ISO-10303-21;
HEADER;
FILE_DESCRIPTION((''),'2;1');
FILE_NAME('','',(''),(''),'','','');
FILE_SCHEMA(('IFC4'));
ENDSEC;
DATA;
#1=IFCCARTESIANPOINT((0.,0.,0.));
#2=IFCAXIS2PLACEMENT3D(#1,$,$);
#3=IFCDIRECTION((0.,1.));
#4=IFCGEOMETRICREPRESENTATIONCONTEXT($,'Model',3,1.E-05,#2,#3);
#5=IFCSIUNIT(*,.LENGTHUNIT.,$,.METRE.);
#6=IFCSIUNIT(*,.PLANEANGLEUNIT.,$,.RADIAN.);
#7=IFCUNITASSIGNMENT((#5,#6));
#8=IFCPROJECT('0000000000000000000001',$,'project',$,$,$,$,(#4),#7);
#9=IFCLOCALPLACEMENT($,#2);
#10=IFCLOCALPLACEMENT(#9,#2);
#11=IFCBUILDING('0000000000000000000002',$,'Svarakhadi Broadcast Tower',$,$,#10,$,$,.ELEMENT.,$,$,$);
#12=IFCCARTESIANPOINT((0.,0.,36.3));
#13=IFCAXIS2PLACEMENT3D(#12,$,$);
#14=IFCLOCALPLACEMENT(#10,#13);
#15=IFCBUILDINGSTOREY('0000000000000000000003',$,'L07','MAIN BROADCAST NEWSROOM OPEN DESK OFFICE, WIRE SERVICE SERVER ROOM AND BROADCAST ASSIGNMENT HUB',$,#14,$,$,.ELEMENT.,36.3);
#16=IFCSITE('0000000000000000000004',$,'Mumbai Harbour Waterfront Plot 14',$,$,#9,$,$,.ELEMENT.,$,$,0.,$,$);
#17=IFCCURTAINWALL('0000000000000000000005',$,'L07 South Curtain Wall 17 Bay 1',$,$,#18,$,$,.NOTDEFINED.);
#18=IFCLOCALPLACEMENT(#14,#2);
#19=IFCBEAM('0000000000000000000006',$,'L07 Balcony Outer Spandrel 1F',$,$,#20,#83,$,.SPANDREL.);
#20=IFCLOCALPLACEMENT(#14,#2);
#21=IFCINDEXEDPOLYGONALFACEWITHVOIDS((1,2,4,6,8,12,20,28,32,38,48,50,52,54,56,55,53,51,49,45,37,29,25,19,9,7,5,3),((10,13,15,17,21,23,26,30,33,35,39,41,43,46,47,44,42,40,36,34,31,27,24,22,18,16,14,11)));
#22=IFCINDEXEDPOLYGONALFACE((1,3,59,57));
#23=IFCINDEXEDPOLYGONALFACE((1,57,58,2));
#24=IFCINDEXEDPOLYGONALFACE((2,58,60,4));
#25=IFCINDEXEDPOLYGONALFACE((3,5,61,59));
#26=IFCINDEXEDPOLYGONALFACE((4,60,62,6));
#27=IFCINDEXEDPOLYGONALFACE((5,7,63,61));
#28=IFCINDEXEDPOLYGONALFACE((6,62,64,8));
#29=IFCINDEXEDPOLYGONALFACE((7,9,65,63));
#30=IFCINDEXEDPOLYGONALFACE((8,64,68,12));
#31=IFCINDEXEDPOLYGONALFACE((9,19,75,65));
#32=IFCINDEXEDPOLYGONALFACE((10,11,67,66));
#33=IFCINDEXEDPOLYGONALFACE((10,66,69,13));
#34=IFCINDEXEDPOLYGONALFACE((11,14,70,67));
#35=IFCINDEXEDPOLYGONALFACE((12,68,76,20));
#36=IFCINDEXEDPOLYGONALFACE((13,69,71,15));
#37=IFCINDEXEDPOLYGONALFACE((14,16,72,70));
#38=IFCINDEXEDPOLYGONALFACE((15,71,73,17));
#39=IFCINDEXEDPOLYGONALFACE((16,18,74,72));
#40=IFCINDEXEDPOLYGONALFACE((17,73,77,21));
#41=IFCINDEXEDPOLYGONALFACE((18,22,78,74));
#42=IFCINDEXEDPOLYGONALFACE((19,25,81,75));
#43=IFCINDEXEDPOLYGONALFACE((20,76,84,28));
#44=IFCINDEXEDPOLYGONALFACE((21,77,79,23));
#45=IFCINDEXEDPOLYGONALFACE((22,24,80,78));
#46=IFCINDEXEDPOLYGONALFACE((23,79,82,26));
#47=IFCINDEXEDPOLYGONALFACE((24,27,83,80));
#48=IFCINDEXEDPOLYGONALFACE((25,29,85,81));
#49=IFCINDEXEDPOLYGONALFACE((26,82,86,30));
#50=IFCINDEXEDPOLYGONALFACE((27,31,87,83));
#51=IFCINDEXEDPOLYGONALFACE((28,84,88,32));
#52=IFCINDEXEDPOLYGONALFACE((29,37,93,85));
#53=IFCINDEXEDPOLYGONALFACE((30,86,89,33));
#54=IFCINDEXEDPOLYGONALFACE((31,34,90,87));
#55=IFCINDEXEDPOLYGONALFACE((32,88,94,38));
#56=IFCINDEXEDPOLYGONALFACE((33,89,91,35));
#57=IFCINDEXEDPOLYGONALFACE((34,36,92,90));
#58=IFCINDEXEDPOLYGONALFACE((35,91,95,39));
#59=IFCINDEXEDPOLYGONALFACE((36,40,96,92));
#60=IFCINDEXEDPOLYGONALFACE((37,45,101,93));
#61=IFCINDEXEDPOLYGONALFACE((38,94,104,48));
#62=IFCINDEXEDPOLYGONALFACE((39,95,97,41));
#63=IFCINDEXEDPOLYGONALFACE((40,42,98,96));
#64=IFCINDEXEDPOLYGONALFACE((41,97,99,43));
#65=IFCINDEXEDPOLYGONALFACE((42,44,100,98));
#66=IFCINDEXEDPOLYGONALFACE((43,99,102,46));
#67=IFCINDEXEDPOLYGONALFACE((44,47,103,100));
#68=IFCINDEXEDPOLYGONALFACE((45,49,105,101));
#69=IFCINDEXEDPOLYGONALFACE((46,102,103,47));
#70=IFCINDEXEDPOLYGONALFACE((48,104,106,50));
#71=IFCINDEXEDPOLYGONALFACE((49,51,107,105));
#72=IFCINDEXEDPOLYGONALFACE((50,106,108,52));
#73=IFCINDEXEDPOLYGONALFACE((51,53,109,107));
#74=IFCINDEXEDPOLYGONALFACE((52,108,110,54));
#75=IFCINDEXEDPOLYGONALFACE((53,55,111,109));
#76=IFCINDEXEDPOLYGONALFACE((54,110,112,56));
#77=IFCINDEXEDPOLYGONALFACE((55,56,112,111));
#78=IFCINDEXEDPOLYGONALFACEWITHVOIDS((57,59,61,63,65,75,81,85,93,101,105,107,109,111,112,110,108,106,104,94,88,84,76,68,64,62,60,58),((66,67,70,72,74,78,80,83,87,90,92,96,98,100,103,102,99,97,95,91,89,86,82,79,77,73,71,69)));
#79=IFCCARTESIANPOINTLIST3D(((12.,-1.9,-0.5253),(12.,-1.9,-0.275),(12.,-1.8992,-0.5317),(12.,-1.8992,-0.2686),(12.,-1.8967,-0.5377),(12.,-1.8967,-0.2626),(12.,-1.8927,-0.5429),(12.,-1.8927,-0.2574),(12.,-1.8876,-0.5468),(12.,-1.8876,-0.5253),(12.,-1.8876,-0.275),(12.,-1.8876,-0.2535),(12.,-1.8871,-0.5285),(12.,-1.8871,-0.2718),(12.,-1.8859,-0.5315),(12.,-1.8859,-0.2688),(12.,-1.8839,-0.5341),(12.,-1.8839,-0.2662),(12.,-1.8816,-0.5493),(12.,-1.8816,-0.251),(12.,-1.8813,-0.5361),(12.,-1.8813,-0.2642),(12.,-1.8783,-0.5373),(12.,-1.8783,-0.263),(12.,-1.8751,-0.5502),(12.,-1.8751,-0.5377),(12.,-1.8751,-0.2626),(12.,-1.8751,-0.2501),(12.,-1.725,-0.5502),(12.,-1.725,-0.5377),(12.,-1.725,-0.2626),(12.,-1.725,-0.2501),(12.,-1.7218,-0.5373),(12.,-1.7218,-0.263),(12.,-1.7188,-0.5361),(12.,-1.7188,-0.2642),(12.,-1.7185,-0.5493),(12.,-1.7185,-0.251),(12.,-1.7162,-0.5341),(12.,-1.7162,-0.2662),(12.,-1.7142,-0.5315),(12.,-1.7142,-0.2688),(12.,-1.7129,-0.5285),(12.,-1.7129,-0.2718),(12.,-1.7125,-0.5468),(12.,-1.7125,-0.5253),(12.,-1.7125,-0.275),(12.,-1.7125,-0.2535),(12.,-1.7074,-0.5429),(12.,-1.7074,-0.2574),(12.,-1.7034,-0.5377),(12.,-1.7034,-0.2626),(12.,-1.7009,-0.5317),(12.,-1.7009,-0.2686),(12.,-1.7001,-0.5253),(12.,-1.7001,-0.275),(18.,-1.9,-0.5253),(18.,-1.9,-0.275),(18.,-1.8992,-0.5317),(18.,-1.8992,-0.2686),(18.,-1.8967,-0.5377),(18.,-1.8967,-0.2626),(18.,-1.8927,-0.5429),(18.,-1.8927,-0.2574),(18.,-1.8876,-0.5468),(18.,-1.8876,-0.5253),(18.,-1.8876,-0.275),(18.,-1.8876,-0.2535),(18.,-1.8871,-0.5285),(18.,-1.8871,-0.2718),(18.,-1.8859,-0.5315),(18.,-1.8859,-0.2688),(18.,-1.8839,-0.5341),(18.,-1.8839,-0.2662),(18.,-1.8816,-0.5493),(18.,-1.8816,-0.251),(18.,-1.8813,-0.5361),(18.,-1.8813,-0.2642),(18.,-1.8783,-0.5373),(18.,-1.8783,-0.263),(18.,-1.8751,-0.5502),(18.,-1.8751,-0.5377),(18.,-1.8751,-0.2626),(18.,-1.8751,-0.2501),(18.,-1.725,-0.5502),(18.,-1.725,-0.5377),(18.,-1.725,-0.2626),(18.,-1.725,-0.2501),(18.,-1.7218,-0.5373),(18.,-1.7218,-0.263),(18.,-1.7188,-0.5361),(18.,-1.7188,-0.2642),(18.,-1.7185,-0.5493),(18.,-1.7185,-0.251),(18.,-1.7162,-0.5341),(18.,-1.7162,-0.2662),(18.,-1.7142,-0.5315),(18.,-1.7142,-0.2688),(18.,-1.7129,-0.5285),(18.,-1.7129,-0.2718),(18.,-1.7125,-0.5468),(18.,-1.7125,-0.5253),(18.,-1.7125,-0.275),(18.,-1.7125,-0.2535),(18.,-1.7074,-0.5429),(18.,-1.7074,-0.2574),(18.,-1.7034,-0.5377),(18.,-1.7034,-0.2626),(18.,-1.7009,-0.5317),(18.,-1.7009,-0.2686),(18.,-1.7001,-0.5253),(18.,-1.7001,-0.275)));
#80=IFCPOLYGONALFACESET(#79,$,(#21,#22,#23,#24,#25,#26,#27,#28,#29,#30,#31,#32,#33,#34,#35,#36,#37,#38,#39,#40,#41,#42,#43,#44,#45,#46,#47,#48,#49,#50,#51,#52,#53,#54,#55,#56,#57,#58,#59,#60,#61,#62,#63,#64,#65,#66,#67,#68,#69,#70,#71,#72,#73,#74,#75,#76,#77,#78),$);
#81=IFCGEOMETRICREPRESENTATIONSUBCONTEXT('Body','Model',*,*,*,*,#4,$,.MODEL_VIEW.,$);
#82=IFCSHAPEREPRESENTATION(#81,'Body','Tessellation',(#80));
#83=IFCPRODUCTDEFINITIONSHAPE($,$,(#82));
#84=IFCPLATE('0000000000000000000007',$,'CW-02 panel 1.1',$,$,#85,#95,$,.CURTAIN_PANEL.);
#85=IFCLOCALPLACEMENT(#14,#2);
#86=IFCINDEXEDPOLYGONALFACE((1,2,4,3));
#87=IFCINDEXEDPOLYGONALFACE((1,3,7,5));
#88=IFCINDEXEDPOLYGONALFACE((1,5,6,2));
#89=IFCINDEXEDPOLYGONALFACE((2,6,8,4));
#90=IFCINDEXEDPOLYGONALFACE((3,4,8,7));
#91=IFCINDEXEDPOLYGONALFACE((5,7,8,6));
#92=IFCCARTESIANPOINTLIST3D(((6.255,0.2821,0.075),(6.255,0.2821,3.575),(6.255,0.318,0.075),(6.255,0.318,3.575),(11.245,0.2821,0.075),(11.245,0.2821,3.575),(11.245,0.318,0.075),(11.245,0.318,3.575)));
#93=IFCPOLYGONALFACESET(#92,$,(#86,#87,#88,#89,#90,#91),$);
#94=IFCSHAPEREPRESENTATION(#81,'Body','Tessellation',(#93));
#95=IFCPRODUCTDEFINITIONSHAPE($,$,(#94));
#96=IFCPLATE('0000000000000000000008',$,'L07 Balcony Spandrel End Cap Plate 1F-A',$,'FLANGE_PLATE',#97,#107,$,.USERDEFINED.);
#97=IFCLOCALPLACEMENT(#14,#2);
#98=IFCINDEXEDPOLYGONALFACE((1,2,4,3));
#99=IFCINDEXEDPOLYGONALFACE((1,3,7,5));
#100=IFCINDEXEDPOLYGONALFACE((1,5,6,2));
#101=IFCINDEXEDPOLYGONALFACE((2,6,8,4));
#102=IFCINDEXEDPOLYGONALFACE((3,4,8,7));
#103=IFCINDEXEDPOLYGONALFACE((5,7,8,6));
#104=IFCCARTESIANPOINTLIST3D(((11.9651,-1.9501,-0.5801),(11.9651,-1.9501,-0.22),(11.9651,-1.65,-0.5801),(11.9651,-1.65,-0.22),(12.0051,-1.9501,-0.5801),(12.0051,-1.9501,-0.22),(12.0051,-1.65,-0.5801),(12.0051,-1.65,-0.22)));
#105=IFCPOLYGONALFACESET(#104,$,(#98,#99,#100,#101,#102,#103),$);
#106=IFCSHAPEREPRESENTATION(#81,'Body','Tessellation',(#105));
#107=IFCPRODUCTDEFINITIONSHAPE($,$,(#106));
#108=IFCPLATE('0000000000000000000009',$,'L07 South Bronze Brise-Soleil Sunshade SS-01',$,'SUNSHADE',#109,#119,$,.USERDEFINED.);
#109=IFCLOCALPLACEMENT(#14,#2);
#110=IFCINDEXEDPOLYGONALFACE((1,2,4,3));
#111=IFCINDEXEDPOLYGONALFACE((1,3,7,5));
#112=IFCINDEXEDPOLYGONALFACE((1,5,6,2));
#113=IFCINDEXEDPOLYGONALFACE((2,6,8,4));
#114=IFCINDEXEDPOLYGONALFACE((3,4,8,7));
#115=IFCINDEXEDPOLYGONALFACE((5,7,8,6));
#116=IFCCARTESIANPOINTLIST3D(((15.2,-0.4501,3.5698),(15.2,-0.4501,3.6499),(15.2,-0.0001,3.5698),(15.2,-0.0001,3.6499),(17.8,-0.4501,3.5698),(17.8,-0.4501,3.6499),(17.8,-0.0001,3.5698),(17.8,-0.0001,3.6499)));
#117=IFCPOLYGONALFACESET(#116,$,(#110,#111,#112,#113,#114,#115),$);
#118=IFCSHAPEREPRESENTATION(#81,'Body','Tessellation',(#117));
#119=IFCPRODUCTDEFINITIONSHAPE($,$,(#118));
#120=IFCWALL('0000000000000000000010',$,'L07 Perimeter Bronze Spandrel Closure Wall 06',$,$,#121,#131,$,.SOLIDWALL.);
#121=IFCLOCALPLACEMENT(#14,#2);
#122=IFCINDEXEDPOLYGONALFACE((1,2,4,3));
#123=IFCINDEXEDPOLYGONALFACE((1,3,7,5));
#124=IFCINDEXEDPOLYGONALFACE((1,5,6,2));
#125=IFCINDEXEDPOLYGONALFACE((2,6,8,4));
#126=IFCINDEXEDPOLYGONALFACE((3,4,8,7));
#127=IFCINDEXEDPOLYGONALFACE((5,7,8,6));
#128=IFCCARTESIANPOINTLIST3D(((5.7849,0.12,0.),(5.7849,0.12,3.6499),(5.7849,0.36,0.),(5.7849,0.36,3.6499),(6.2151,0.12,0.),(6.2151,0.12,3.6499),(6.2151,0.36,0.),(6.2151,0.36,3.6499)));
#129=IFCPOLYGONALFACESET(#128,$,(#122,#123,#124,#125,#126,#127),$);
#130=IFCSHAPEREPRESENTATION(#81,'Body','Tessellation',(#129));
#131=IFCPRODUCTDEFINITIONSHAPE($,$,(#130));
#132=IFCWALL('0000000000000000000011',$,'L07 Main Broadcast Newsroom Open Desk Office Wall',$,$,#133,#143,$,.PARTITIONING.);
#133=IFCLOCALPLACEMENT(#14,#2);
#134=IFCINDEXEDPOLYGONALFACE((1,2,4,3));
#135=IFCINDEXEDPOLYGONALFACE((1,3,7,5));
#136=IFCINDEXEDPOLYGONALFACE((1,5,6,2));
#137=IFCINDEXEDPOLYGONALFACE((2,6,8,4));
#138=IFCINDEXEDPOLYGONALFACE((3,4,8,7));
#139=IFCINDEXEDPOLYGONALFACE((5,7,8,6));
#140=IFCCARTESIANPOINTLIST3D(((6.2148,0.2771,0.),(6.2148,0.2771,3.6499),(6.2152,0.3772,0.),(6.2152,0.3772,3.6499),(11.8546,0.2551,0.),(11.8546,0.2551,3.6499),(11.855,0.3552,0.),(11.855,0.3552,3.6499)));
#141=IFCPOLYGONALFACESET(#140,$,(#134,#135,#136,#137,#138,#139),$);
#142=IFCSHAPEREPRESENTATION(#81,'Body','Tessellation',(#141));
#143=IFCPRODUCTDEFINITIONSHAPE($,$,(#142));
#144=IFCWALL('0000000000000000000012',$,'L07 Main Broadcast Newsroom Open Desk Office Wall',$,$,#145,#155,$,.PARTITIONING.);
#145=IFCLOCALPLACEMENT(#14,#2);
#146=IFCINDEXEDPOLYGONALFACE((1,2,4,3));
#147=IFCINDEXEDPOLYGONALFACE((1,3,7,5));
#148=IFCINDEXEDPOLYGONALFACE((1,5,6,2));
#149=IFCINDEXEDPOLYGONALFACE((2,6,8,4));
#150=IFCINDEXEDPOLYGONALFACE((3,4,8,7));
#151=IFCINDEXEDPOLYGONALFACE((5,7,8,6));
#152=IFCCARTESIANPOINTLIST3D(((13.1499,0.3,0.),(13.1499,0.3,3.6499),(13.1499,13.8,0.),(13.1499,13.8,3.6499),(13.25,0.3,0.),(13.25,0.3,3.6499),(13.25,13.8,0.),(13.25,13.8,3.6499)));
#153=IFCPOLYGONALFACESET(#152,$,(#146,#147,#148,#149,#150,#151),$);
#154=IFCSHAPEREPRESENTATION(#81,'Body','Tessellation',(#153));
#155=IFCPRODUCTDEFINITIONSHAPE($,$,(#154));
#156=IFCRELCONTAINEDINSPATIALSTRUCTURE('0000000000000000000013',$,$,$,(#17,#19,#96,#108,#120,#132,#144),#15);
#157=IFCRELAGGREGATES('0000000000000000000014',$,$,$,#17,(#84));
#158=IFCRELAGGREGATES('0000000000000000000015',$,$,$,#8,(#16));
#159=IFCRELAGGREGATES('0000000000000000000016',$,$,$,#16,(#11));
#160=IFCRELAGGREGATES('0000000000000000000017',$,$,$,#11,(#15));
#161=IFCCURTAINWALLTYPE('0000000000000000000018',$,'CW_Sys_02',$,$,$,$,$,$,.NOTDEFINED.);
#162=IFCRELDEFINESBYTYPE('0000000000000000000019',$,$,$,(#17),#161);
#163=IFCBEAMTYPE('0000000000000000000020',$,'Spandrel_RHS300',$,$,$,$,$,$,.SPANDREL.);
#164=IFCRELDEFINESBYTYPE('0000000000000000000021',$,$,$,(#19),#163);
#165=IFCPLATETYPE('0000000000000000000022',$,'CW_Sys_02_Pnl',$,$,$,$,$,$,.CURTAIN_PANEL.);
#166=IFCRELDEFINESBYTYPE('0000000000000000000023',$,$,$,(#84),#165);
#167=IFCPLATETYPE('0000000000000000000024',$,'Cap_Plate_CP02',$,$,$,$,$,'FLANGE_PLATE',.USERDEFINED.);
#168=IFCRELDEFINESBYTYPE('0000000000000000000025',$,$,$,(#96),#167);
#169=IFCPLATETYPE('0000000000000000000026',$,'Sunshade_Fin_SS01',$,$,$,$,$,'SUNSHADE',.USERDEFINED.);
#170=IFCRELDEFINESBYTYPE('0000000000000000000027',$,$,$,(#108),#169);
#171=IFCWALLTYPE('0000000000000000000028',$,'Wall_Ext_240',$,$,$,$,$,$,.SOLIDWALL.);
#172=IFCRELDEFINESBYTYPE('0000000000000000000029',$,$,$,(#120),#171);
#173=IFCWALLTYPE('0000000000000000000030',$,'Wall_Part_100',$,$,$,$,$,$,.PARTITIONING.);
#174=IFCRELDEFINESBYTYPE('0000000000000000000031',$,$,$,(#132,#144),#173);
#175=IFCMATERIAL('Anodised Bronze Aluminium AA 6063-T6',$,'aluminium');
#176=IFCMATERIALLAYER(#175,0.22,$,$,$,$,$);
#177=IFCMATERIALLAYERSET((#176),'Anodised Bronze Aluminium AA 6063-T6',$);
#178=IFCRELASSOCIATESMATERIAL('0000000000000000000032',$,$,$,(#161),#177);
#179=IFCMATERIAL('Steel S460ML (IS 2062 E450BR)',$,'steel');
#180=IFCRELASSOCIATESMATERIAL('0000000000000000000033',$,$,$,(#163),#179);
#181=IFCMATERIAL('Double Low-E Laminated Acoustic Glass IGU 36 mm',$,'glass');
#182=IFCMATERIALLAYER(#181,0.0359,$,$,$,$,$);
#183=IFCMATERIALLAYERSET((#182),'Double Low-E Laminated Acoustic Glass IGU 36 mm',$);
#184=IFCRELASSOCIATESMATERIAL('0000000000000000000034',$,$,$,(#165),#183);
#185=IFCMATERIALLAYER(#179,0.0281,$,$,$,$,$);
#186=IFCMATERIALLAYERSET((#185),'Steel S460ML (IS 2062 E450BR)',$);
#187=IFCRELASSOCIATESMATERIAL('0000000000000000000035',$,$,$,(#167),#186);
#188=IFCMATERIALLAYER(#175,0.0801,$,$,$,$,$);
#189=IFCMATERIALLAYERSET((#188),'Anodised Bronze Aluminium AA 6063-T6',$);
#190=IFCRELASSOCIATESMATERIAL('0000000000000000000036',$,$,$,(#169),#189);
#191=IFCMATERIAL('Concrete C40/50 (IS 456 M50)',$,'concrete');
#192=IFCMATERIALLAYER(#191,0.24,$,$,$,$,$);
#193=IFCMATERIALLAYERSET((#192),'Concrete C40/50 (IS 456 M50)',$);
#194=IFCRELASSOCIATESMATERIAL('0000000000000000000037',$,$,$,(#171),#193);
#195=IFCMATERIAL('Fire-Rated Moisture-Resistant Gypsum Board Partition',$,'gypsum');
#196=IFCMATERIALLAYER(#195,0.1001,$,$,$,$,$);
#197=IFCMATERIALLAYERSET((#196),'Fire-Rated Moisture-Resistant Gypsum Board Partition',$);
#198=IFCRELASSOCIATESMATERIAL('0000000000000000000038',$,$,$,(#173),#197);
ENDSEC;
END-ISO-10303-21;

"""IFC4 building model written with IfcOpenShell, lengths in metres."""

from ifc_helpers import new_model, si_unit, direction, frame, frame_2d, origin, origin_2d, place, context, subcontext, project, spatial, rectangle, hollow_rectangle, extrude, material, layer, layer_set, material_profile, profile_set, type_object, element, aggregate, save


model = new_model("IFC4")

# Units and contexts
model_context = context("Model", 3, precision=1e-05, world=origin(), true_north=direction((0.0, 1.0)))
body_context = subcontext(model_context, "Body", "Model", "MODEL_VIEW")
ifc_project = project(units=[si_unit("LENGTHUNIT", "METRE"), si_unit("PLANEANGLEUNIT", "RADIAN")], contexts=[model_context])

# Site, building, storey
site_placement = place(None, origin())
site = spatial("IfcSite", under=ifc_project, at=site_placement, Name="Mumbai Harbour Waterfront Plot 14", CompositionType="ELEMENT", RefElevation=0.0)
building_placement = place(site_placement, origin())
building = spatial("IfcBuilding", under=site, at=building_placement, Name="Svarakhadi Broadcast Tower", CompositionType="ELEMENT")
storey_placement = place(building_placement, frame((0.0, 0.0, 36.3)))
storey = spatial("IfcBuildingStorey", under=building, at=storey_placement, Name="L07", Description="MAIN BROADCAST NEWSROOM OPEN DESK OFFICE, WIRE SERVICE SERVER ROOM AND BROADCAST ASSIGNMENT HUB", CompositionType="ELEMENT", Elevation=36.3)

# Shared definitions
ifc_material_1 = material(Name="Steel S460ML (IS 2062 E450BR)", Category="steel")

# Curtain wall
ifc_material_2 = material(Name="Anodised Bronze Aluminium AA 6063-T6", Category="aluminium")
ifc_layer_1 = layer(ifc_material_2, 0.22)
ifc_layer_set_1 = layer_set([ifc_layer_1], Name="Anodised Bronze Aluminium AA 6063-T6")
curtain_wall_type = type_object("IfcCurtainWallType", Name="CW_Sys_02", PredefinedType="NOTDEFINED", material=ifc_layer_set_1)
curtain_wall_placement = place(storey_placement, origin())
curtain_wall = element("IfcCurtainWall", 1, at=curtain_wall_placement, inside=storey, type_object=curtain_wall_type, Name="L07 South Curtain Wall 17 Bay 1", PredefinedType="NOTDEFINED")

# Beam
ifc_material_profile_1 = material_profile(ifc_material_1, hollow_rectangle(XDim=0.2, YDim=0.3, WallThickness=0.0125, InnerFilletRadius=0.0125, OuterFilletRadius=0.0249, at=origin_2d()), Name="RHS 300x200x12.5")
ifc_profile_set_1 = profile_set([ifc_material_profile_1], Name="Steel S460ML (IS 2062 E450BR)")
beam_type_1 = type_object("IfcBeamType", Name="Spandrel_RHS300", PredefinedType="SPANDREL", material=ifc_profile_set_1)
beam_1_placement = place(storey_placement, frame((12.0, -1.8, -0.4001), z_axis=(1.0, 0.0, 0.0), x_axis=(0.0, 1.0, 0.0)))
element("IfcBeam", 2, at=beam_1_placement, inside=storey, type_object=beam_type_1, Name="L07 Balcony Outer Spandrel 1F", PredefinedType="SPANDREL", context=body_context, shape_type="SweptSolid", body=[
    extrude(hollow_rectangle(XDim=0.2, YDim=0.3, WallThickness=0.0125, InnerFilletRadius=0.0125, OuterFilletRadius=0.0249, at=origin_2d()), origin(), (0.0, 0.0, 1.0), 6.0),
])

# Plate
ifc_material_3 = material(Name="Double Low-E Laminated Acoustic Glass IGU 36 mm", Category="glass")
ifc_layer_2 = layer(ifc_material_3, 0.0359)
ifc_layer_set_2 = layer_set([ifc_layer_2], Name="Double Low-E Laminated Acoustic Glass IGU 36 mm")
plate_type_1 = type_object("IfcPlateType", Name="CW_Sys_02_Pnl", PredefinedType="CURTAIN_PANEL", material=ifc_layer_set_2)
plate_1_placement = place(storey_placement, frame((8.75, 0.3, 0.075), z_axis=(0.0, 0.0, 1.0), x_axis=(-1.0, 0.0, 0.0)))
plate_1 = element("IfcPlate", 3, at=plate_1_placement, type_object=plate_type_1, Name="CW-02 panel 1.1", PredefinedType="CURTAIN_PANEL", context=body_context, shape_type="SweptSolid", body=[
    extrude(rectangle(XDim=4.99, YDim=0.0359, at=origin_2d()), origin(), (0.0, 0.0, 1.0), 3.5),
])
aggregate(curtain_wall, [plate_1])

# Plates
ifc_layer_3 = layer(ifc_material_1, 0.0281)
ifc_layer_set_3 = layer_set([ifc_layer_3], Name="Steel S460ML (IS 2062 E450BR)")
plate_type_2 = type_object("IfcPlateType", Name="Cap_Plate_CP02", ElementType="FLANGE_PLATE", PredefinedType="USERDEFINED", material=ifc_layer_set_3)
plate_2_placement = place(storey_placement, frame((11.9851, -1.8, -0.5801), z_axis=(0.0, 0.0, 1.0), x_axis=(1.0, 0.0, 0.0)))
element("IfcPlate", 4, at=plate_2_placement, inside=storey, type_object=plate_type_2, Name="L07 Balcony Spandrel End Cap Plate 1F-A", ObjectType="FLANGE_PLATE", PredefinedType="USERDEFINED", context=body_context, shape_type="SweptSolid", body=[
    extrude(rectangle(XDim=0.04, YDim=0.3, at=origin_2d()), origin(), (0.0, 0.0, 1.0), 0.3601),
])
ifc_layer_4 = layer(ifc_material_2, 0.0801)
ifc_layer_set_4 = layer_set([ifc_layer_4], Name="Anodised Bronze Aluminium AA 6063-T6")
plate_type_3 = type_object("IfcPlateType", Name="Sunshade_Fin_SS01", ElementType="SUNSHADE", PredefinedType="USERDEFINED", material=ifc_layer_set_4)
plate_3_placement = place(storey_placement, frame((16.5, -0.2251, 3.5698), z_axis=(0.0, 0.0, 1.0), x_axis=(1.0, 0.0, 0.0)))
element("IfcPlate", 5, at=plate_3_placement, inside=storey, type_object=plate_type_3, Name="L07 South Bronze Brise-Soleil Sunshade SS-01", ObjectType="SUNSHADE", PredefinedType="USERDEFINED", context=body_context, shape_type="SweptSolid", body=[
    extrude(rectangle(XDim=2.6001, YDim=0.45, at=origin_2d()), origin(), (0.0, 0.0, 1.0), 0.0801),
])

# Walls
ifc_material_4 = material(Name="Concrete C40/50 (IS 456 M50)", Category="concrete")
ifc_layer_5 = layer(ifc_material_4, 0.24)
ifc_layer_set_5 = layer_set([ifc_layer_5], Name="Concrete C40/50 (IS 456 M50)")
wall_type_1 = type_object("IfcWallType", Name="Wall_Ext_240", PredefinedType="SOLIDWALL", material=ifc_layer_set_5)
wall_1_placement = place(storey_placement, frame((6.2151, 0.24, 0.0), z_axis=(0.0, 0.0, 1.0), x_axis=(-1.0, 0.0, 0.0)))
element("IfcWall", 6, at=wall_1_placement, inside=storey, type_object=wall_type_1, Name="L07 Perimeter Bronze Spandrel Closure Wall 06", PredefinedType="SOLIDWALL", context=body_context, shape_type="SweptSolid", body=[
    extrude(rectangle(XDim=0.4302, YDim=0.24, at=frame_2d((0.2151, 0.0))), origin(), (0.0, 0.0, 1.0), 3.6499),
])
ifc_material_5 = material(Name="Fire-Rated Moisture-Resistant Gypsum Board Partition", Category="gypsum")
ifc_layer_6 = layer(ifc_material_5, 0.1001)
ifc_layer_set_6 = layer_set([ifc_layer_6], Name="Fire-Rated Moisture-Resistant Gypsum Board Partition")
wall_type_2 = type_object("IfcWallType", Name="Wall_Part_100", PredefinedType="PARTITIONING", material=ifc_layer_set_6)
wall_2_placement = place(storey_placement, frame((6.2151, 0.3271, 0.0), z_axis=(0.0, 0.0, 1.0), x_axis=(0.999992, -0.003896, 0.0)))
element("IfcWall", 7, at=wall_2_placement, inside=storey, type_object=wall_type_2, Name="L07 Main Broadcast Newsroom Open Desk Office Wall", PredefinedType="PARTITIONING", context=body_context, shape_type="SweptSolid", body=[
    extrude(rectangle(XDim=5.6399, YDim=0.1001, at=frame_2d((2.8198, 0.0))), origin(), (0.0, 0.0, 1.0), 3.6499),
])
wall_3_placement = place(storey_placement, frame((13.2, 0.3, 0.0), z_axis=(0.0, 0.0, 1.0), x_axis=(0.0, 1.0, 0.0)))
element("IfcWall", 8, at=wall_3_placement, inside=storey, type_object=wall_type_2, Name="L07 Main Broadcast Newsroom Open Desk Office Wall", PredefinedType="PARTITIONING", context=body_context, shape_type="SweptSolid", body=[
    extrude(rectangle(XDim=13.5, YDim=0.1001, at=frame_2d((6.75, 0.0))), origin(), (0.0, 0.0, 1.0), 3.6499),
])

save(model, "model.ifc")
